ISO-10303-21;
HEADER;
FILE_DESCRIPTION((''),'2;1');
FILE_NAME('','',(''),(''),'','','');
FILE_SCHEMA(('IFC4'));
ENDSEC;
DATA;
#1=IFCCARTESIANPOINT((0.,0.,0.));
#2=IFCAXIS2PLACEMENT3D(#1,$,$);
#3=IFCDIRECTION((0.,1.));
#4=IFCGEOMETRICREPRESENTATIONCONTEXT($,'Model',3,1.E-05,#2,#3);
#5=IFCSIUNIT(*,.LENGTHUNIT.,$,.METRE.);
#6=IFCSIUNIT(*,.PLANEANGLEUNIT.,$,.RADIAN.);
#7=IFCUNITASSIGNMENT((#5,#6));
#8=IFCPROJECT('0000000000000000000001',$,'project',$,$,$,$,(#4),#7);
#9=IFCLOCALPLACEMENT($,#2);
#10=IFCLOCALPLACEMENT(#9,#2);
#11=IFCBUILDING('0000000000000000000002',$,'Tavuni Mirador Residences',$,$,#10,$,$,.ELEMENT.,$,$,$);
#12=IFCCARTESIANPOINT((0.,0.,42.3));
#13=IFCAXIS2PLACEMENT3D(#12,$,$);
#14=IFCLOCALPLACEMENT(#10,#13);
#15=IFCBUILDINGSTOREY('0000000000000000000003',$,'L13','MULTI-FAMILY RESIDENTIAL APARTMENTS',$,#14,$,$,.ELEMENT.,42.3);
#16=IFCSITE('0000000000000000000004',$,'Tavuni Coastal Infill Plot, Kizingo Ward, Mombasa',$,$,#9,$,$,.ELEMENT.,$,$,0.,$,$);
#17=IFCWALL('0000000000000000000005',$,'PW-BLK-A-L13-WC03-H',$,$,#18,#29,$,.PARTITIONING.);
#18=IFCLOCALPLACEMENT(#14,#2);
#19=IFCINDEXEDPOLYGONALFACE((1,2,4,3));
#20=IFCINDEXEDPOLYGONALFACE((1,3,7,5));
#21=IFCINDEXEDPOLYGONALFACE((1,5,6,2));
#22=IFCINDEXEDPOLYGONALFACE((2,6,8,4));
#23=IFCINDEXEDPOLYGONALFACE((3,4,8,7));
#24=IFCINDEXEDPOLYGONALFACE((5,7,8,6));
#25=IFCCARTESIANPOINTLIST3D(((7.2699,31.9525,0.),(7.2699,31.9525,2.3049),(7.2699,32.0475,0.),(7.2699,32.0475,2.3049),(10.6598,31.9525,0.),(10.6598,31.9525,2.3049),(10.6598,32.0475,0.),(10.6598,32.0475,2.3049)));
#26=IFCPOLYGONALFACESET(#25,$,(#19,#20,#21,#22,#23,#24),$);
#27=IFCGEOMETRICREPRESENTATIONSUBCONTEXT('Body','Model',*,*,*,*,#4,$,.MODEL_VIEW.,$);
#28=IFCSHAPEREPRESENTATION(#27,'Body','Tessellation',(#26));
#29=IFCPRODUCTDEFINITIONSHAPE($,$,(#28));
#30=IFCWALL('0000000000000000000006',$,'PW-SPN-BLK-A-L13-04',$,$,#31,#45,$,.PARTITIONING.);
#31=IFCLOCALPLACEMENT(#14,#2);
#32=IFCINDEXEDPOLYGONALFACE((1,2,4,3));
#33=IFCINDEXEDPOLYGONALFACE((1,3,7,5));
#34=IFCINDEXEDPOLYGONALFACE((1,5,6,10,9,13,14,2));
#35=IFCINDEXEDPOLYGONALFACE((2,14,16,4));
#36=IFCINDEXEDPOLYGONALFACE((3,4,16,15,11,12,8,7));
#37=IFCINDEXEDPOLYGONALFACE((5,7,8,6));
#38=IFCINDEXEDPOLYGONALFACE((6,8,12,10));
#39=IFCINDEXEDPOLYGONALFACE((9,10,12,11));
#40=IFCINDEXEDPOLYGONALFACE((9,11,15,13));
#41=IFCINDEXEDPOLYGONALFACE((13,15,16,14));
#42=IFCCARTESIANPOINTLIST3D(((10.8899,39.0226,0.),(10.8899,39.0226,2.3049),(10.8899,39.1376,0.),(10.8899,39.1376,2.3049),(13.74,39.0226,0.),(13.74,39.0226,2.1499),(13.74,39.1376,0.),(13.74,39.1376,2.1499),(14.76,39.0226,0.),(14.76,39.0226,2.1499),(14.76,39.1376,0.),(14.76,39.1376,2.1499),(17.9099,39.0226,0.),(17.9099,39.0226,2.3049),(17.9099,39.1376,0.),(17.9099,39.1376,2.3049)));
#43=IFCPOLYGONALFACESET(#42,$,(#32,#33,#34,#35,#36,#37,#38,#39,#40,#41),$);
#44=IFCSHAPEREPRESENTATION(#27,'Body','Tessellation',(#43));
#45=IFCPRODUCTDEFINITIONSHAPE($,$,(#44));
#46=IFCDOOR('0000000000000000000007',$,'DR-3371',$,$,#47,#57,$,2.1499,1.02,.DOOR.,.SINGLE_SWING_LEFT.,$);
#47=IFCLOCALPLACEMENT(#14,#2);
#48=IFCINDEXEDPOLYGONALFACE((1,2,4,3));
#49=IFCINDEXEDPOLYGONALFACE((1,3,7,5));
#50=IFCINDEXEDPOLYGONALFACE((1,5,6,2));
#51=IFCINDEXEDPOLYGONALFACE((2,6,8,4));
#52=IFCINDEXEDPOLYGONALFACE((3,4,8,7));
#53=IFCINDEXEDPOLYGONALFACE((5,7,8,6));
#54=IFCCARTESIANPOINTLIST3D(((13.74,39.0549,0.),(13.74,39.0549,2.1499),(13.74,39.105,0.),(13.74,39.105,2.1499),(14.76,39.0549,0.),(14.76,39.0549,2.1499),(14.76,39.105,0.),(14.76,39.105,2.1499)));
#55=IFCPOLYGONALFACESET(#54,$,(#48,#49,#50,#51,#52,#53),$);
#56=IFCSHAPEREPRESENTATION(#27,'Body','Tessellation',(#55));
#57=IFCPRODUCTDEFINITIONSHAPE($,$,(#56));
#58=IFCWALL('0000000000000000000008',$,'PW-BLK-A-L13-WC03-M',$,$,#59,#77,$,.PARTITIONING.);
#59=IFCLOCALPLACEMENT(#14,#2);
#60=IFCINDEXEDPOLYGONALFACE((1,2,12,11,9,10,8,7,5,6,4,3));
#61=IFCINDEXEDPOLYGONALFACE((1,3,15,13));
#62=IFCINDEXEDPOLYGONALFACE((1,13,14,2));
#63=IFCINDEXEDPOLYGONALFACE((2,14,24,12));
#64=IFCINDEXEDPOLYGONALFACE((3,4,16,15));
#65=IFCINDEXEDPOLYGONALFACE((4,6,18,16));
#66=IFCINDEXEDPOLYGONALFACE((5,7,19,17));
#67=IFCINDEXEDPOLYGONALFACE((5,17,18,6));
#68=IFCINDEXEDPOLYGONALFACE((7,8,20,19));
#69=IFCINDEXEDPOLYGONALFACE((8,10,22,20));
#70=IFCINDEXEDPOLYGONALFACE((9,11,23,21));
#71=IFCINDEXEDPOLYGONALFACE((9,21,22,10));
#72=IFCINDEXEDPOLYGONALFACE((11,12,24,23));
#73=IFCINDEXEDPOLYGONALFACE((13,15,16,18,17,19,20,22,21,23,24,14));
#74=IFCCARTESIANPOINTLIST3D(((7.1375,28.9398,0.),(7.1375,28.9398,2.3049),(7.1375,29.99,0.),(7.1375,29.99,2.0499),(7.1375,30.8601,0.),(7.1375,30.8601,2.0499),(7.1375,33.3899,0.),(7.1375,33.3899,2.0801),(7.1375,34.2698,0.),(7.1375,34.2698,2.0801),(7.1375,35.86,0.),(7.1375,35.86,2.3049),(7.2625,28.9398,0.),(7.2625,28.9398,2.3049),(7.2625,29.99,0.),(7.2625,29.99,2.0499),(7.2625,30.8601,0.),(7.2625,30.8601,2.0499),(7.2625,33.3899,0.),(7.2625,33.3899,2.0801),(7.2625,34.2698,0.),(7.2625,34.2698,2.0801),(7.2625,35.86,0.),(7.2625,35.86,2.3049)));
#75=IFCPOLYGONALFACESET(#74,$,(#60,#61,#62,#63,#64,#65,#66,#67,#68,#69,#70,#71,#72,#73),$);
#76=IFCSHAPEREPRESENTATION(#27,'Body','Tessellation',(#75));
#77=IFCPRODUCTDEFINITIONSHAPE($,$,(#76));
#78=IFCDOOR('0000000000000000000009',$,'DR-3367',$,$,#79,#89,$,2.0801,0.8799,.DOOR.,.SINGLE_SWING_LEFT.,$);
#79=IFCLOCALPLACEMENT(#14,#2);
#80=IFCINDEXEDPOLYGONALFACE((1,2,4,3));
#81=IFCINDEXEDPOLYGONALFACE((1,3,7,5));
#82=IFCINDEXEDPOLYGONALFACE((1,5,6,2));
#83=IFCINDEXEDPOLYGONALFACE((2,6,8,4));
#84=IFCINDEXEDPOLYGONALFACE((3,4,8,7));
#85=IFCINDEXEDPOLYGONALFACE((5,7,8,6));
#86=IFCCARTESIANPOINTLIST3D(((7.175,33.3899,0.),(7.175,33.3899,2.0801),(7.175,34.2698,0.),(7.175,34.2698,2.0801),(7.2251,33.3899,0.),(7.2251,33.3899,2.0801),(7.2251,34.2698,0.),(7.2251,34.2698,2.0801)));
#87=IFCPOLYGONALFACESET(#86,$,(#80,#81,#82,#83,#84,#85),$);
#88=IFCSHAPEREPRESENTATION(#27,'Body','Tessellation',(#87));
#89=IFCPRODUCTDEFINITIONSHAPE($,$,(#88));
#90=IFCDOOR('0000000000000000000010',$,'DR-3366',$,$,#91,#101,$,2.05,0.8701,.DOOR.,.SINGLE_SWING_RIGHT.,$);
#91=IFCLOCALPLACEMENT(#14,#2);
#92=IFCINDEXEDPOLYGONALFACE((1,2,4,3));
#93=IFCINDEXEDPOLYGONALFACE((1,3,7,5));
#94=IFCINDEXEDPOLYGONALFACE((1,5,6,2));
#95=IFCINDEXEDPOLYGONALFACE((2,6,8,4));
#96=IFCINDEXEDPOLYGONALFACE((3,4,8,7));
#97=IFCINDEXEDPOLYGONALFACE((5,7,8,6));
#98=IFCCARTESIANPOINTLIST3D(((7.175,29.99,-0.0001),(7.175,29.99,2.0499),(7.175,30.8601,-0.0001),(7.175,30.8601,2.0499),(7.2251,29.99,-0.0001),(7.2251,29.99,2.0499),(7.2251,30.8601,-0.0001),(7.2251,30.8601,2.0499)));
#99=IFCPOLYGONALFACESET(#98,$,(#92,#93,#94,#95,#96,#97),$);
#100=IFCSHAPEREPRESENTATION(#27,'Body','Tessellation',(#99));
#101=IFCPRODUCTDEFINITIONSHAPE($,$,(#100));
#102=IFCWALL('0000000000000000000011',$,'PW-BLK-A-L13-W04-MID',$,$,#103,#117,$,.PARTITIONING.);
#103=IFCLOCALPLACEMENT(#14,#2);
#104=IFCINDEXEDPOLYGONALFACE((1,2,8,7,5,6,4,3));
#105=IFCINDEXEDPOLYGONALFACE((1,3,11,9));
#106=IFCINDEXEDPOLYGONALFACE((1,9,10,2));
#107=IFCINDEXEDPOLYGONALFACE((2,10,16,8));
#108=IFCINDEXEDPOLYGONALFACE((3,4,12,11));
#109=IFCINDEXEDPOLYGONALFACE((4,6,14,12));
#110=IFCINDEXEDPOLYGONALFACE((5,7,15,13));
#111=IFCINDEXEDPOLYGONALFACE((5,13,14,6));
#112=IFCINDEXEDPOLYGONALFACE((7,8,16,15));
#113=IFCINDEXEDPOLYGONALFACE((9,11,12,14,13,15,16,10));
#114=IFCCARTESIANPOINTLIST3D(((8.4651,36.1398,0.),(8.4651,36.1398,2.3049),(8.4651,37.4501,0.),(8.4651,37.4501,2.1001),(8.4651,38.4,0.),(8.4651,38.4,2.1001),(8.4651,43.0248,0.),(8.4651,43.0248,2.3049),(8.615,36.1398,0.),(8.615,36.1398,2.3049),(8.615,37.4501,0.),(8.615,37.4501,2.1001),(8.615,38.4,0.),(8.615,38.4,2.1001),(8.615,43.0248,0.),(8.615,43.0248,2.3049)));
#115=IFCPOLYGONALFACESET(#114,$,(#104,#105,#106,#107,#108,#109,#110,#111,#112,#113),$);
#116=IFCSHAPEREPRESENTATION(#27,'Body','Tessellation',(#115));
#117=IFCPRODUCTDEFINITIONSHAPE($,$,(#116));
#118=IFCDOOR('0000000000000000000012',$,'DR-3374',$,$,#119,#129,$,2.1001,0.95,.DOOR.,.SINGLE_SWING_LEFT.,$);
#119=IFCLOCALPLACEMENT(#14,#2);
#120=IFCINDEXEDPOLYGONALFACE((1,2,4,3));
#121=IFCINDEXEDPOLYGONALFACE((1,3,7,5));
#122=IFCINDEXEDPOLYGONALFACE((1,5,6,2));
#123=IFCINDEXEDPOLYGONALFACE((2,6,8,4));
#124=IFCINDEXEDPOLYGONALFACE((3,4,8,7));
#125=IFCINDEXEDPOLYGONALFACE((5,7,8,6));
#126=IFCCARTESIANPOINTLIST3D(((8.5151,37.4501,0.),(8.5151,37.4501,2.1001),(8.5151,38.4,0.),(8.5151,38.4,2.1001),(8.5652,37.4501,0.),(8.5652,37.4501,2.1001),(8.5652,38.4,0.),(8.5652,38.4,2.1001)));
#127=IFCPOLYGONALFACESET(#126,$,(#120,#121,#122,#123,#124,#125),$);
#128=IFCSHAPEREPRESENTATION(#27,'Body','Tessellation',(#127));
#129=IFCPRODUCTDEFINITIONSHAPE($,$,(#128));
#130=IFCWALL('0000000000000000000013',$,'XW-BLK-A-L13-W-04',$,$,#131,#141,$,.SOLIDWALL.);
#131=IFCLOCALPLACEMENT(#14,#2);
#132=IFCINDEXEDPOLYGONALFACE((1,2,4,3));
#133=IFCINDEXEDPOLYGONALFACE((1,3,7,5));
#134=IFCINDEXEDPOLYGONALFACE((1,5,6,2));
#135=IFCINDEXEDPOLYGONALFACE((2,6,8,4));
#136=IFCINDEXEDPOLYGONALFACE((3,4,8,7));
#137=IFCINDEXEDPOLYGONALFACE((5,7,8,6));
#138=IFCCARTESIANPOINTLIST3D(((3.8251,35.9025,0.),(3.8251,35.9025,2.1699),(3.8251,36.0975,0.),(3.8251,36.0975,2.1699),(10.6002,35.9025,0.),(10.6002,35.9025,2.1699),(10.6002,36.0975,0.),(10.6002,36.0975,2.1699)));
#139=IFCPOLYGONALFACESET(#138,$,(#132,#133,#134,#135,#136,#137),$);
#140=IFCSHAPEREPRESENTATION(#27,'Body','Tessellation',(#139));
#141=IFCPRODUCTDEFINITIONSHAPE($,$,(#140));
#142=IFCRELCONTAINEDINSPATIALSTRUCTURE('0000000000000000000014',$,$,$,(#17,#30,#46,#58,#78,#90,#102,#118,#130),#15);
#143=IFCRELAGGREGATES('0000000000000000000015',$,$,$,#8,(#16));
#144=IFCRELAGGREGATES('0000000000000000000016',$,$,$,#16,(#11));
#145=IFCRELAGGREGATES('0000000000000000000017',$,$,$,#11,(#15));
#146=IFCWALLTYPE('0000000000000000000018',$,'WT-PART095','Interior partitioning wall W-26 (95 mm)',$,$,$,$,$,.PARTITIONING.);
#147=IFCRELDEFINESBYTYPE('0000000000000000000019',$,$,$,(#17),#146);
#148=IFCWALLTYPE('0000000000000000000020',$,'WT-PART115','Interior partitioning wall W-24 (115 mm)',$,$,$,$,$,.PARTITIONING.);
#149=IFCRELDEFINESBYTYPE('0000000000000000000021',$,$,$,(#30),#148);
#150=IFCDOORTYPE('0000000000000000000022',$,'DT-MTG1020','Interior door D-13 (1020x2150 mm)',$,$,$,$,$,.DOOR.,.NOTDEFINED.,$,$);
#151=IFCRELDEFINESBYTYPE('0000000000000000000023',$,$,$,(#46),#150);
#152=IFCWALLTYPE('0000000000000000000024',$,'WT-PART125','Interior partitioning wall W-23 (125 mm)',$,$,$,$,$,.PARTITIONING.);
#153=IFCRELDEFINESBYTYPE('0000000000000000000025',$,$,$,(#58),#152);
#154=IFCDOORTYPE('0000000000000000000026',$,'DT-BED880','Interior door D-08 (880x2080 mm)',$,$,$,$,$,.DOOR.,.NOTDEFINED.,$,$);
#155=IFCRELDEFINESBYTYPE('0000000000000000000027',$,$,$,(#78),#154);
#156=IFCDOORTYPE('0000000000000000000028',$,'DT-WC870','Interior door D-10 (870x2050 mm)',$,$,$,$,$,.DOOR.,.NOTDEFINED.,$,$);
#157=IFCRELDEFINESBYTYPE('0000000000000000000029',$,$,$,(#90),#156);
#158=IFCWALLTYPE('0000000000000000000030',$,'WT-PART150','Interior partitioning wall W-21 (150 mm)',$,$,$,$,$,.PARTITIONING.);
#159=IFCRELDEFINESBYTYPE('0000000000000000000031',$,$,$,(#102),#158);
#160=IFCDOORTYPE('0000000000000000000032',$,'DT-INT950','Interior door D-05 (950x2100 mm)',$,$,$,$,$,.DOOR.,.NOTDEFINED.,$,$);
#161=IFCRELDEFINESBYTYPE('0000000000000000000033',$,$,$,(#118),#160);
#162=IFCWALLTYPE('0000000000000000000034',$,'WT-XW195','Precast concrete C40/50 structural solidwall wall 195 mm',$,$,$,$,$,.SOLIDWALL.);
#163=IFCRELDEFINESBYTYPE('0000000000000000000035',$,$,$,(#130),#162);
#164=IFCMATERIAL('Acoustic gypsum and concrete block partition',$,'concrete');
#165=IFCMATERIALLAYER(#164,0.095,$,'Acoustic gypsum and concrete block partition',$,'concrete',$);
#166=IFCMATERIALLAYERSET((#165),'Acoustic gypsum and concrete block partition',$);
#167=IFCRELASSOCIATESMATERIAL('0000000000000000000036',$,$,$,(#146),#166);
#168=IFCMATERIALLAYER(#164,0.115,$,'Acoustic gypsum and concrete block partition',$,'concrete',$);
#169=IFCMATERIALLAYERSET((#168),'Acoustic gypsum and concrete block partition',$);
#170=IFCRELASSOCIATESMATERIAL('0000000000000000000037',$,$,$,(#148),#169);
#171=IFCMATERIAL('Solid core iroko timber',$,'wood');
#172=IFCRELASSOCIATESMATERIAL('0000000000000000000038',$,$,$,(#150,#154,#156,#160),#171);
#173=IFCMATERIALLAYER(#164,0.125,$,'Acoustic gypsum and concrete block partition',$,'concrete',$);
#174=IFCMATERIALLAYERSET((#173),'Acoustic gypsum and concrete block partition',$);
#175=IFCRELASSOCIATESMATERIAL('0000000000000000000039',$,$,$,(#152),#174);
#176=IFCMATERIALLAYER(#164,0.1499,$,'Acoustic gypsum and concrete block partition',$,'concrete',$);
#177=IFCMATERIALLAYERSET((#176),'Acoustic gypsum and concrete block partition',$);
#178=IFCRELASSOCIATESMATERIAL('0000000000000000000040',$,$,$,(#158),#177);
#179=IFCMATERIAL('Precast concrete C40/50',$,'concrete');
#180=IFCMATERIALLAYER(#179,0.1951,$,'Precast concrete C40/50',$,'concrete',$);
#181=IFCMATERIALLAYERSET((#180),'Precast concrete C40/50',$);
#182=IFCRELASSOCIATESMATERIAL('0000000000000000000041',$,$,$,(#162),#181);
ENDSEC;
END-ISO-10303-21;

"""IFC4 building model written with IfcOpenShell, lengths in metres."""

from ifc_helpers import new_model, si_unit, direction, frame, frame_2d, origin, place, context, subcontext, project, spatial, rectangle, extrude, material, layer, layer_set, type_object, element, fill, save


model = new_model("IFC4")

# Units and contexts
model_context = context("Model", 3, precision=1e-05, world=origin(), true_north=direction((0.0, 1.0)))
body_context = subcontext(model_context, "Body", "Model", "MODEL_VIEW")
ifc_project = project(units=[si_unit("LENGTHUNIT", "METRE"), si_unit("PLANEANGLEUNIT", "RADIAN")], contexts=[model_context])

# Site, building, storey
site_placement = place(None, origin())
site = spatial("IfcSite", under=ifc_project, at=site_placement, Name="Tavuni Coastal Infill Plot, Kizingo Ward, Mombasa", CompositionType="ELEMENT", RefElevation=0.0)
building_placement = place(site_placement, origin())
building = spatial("IfcBuilding", under=site, at=building_placement, Name="Tavuni Mirador Residences", CompositionType="ELEMENT")
storey_placement = place(building_placement, frame((0.0, 0.0, 42.3)))
storey = spatial("IfcBuildingStorey", under=building, at=storey_placement, Name="L13", Description="MULTI-FAMILY RESIDENTIAL APARTMENTS", CompositionType="ELEMENT", Elevation=42.3)

# Shared definitions
ifc_material_1 = material(Name="Precast concrete C40/50", Category="concrete")

# Shared definitions
ifc_material_2 = material(Name="Solid core iroko timber", Category="wood")

# Wall
ifc_material_3 = material(Name="Acoustic gypsum and concrete block partition", Category="concrete")
ifc_layer_1 = layer(ifc_material_3, 0.095, Name="Acoustic gypsum and concrete block partition", Category="concrete")
ifc_layer_set_1 = layer_set([ifc_layer_1], Name="Acoustic gypsum and concrete block partition")
wall_type_1 = type_object("IfcWallType", Name="WT-PART095", Description="Interior partitioning wall W-26 (95 mm)", PredefinedType="PARTITIONING", material=ifc_layer_set_1)
wall_1_placement = place(storey_placement, frame((7.27, 32.0, 0.0), z_axis=(0.0, 0.0, 1.0), x_axis=(1.0, 0.0, 0.0)))
element("IfcWall", 1, at=wall_1_placement, inside=storey, type_object=wall_type_1, Name="PW-BLK-A-L13-WC03-H", PredefinedType="PARTITIONING", context=body_context, shape_type="SweptSolid", body=[
    extrude(rectangle(XDim=3.3899, YDim=0.095, at=frame_2d((1.6948, 0.0))), origin(), (0.0, 0.0, 1.0), 2.3049),
])

# Wall, opening, door
ifc_layer_2 = layer(ifc_material_3, 0.115, Name="Acoustic gypsum and concrete block partition", Category="concrete")
ifc_layer_set_2 = layer_set([ifc_layer_2], Name="Acoustic gypsum and concrete block partition")
wall_type_2 = type_object("IfcWallType", Name="WT-PART115", Description="Interior partitioning wall W-24 (115 mm)", PredefinedType="PARTITIONING", material=ifc_layer_set_2)
wall_2_placement = place(storey_placement, frame((10.8899, 39.0801, 0.0), z_axis=(0.0, 0.0, 1.0), x_axis=(1.0, 0.0, 0.0)))
wall_2 = element("IfcWall", 2, at=wall_2_placement, inside=storey, type_object=wall_type_2, Name="PW-SPN-BLK-A-L13-04", PredefinedType="PARTITIONING", context=body_context, shape_type="SweptSolid", body=[
    extrude(rectangle(XDim=7.02, YDim=0.115, at=frame_2d((3.51, 0.0))), origin(), (0.0, 0.0, 1.0), 2.3049),
])
opening_1_placement = place(wall_2_placement, frame((2.8501, 0.0, 0.0)))
opening_1 = element("IfcOpeningElement", 3, at=opening_1_placement, cuts=wall_2, PredefinedType="OPENING", context=body_context, shape_type="SweptSolid", body=[
    extrude(rectangle(XDim=1.02, YDim=2.1499, at=frame_2d((0.51, 1.075))), frame((0.0, 0.0674, 0.0), z_axis=(0.0, -1.0, 0.0), x_axis=(1.0, 0.0, 0.0)), (0.0, 0.0, 1.0), 0.135),
])
door_type_1 = type_object("IfcDoorType", Name="DT-MTG1020", Description="Interior door D-13 (1020x2150 mm)", OperationType="NOTDEFINED", PredefinedType="DOOR", material=ifc_material_2)
door_1_placement = place(opening_1_placement, origin())
door_1 = element("IfcDoor", 4, at=door_1_placement, inside=storey, type_object=door_type_1, Name="DR-3371", OperationType="SINGLE_SWING_LEFT", OverallHeight=2.1499, OverallWidth=1.02, PredefinedType="DOOR", context=body_context, shape_type="SweptSolid", body=[
    extrude(rectangle(XDim=1.02, YDim=2.1499, at=frame_2d((0.51, 1.075))), frame((0.0, 0.0249, 0.0), z_axis=(0.0, -1.0, 0.0), x_axis=(1.0, 0.0, 0.0)), (0.0, 0.0, 1.0), 0.05),
])
fill(opening_1, door_1)

# Wall, openings, doors
ifc_layer_3 = layer(ifc_material_3, 0.125, Name="Acoustic gypsum and concrete block partition", Category="concrete")
ifc_layer_set_3 = layer_set([ifc_layer_3], Name="Acoustic gypsum and concrete block partition")
wall_type_3 = type_object("IfcWallType", Name="WT-PART125", Description="Interior partitioning wall W-23 (125 mm)", PredefinedType="PARTITIONING", material=ifc_layer_set_3)
wall_3_placement = place(storey_placement, frame((7.2, 28.9399, 0.0), z_axis=(0.0, 0.0, 1.0), x_axis=(0.0, 1.0, 0.0)))
wall_3 = element("IfcWall", 5, at=wall_3_placement, inside=storey, type_object=wall_type_3, Name="PW-BLK-A-L13-WC03-M", PredefinedType="PARTITIONING", context=body_context, shape_type="SweptSolid", body=[
    extrude(rectangle(XDim=6.9202, YDim=0.125, at=frame_2d((3.46, 0.0))), origin(), (0.0, 0.0, 1.0), 2.3049),
])
opening_2_placement = place(wall_3_placement, frame((1.05, 0.0, 0.0)))
opening_2 = element("IfcOpeningElement", 6, at=opening_2_placement, cuts=wall_3, PredefinedType="OPENING", context=body_context, shape_type="SweptSolid", body=[
    extrude(rectangle(XDim=0.8701, YDim=2.05, at=frame_2d((0.4351, 1.0249))), frame((0.0, 0.0725, 0.0), z_axis=(0.0, -1.0, 0.0), x_axis=(1.0, 0.0, 0.0)), (0.0, 0.0, 1.0), 0.145),
])
opening_3_placement = place(wall_3_placement, frame((4.45, 0.0, 0.0)))
opening_3 = element("IfcOpeningElement", 7, at=opening_3_placement, cuts=wall_3, PredefinedType="OPENING", context=body_context, shape_type="SweptSolid", body=[
    extrude(rectangle(XDim=0.8799, YDim=2.0801, at=frame_2d((0.4399, 1.04))), frame((0.0, 0.0725, 0.0), z_axis=(0.0, -1.0, 0.0), x_axis=(1.0, 0.0, 0.0)), (0.0, 0.0, 1.0), 0.145),
])
door_type_2 = type_object("IfcDoorType", Name="DT-BED880", Description="Interior door D-08 (880x2080 mm)", OperationType="NOTDEFINED", PredefinedType="DOOR", material=ifc_material_2)
door_2_placement = place(opening_3_placement, origin())
door_2 = element("IfcDoor", 8, at=door_2_placement, inside=storey, type_object=door_type_2, Name="DR-3367", OperationType="SINGLE_SWING_LEFT", OverallHeight=2.0801, OverallWidth=0.8799, PredefinedType="DOOR", context=body_context, shape_type="SweptSolid", body=[
    extrude(rectangle(XDim=0.8799, YDim=2.0801, at=frame_2d((0.4399, 1.04))), frame((0.0, 0.0249, 0.0), z_axis=(0.0, -1.0, 0.0), x_axis=(1.0, 0.0, 0.0)), (0.0, 0.0, 1.0), 0.05),
])
fill(opening_3, door_2)
door_type_3 = type_object("IfcDoorType", Name="DT-WC870", Description="Interior door D-10 (870x2050 mm)", OperationType="NOTDEFINED", PredefinedType="DOOR", material=ifc_material_2)
door_3_placement = place(opening_2_placement, origin())
door_3 = element("IfcDoor", 9, at=door_3_placement, inside=storey, type_object=door_type_3, Name="DR-3366", OperationType="SINGLE_SWING_RIGHT", OverallHeight=2.05, OverallWidth=0.8701, PredefinedType="DOOR", context=body_context, shape_type="SweptSolid", body=[
    extrude(rectangle(XDim=0.8701, YDim=2.05, at=frame_2d((0.4351, 1.0249))), frame((0.0, 0.0249, 0.0), z_axis=(0.0, -1.0, 0.0), x_axis=(1.0, 0.0, 0.0)), (0.0, 0.0, 1.0), 0.05),
])
fill(opening_2, door_3)

# Wall, opening, door
ifc_layer_4 = layer(ifc_material_3, 0.1499, Name="Acoustic gypsum and concrete block partition", Category="concrete")
ifc_layer_set_4 = layer_set([ifc_layer_4], Name="Acoustic gypsum and concrete block partition")
wall_type_4 = type_object("IfcWallType", Name="WT-PART150", Description="Interior partitioning wall W-21 (150 mm)", PredefinedType="PARTITIONING", material=ifc_layer_set_4)
wall_4_placement = place(storey_placement, frame((8.54, 36.1399, 0.0), z_axis=(0.0, 0.0, 1.0), x_axis=(0.0, 1.0, 0.0)))
wall_4 = element("IfcWall", 10, at=wall_4_placement, inside=storey, type_object=wall_type_4, Name="PW-BLK-A-L13-W04-MID", PredefinedType="PARTITIONING", context=body_context, shape_type="SweptSolid", body=[
    extrude(rectangle(XDim=6.885, YDim=0.1499, at=frame_2d((3.4424, 0.0))), origin(), (0.0, 0.0, 1.0), 2.3049),
])
opening_4_placement = place(wall_4_placement, frame((1.3101, 0.0, 0.0)))
opening_4 = element("IfcOpeningElement", 11, at=opening_4_placement, cuts=wall_4, PredefinedType="OPENING", context=body_context, shape_type="SweptSolid", body=[
    extrude(rectangle(XDim=0.95, YDim=2.1001, at=frame_2d((0.4751, 1.05))), frame((0.0, 0.085, 0.0), z_axis=(0.0, -1.0, 0.0), x_axis=(1.0, 0.0, 0.0)), (0.0, 0.0, 1.0), 0.1699),
])
door_type_4 = type_object("IfcDoorType", Name="DT-INT950", Description="Interior door D-05 (950x2100 mm)", OperationType="NOTDEFINED", PredefinedType="DOOR", material=ifc_material_2)
door_4_placement = place(opening_4_placement, origin())
door_4 = element("IfcDoor", 12, at=door_4_placement, inside=storey, type_object=door_type_4, Name="DR-3374", OperationType="SINGLE_SWING_LEFT", OverallHeight=2.1001, OverallWidth=0.95, PredefinedType="DOOR", context=body_context, shape_type="SweptSolid", body=[
    extrude(rectangle(XDim=0.95, YDim=2.1001, at=frame_2d((0.4751, 1.05))), frame((0.0, 0.0249, 0.0), z_axis=(0.0, -1.0, 0.0), x_axis=(1.0, 0.0, 0.0)), (0.0, 0.0, 1.0), 0.05),
])
fill(opening_4, door_4)
ifc_layer_5 = layer(ifc_material_1, 0.1951, Name="Precast concrete C40/50", Category="concrete")
ifc_layer_set_5 = layer_set([ifc_layer_5], Name="Precast concrete C40/50")
wall_type_5 = type_object("IfcWallType", Name="WT-XW195", Description="Precast concrete C40/50 structural solidwall wall 195 mm", PredefinedType="SOLIDWALL", material=ifc_layer_set_5)

# Wall
wall_5_placement = place(storey_placement, frame((3.825, 36.0, 0.0), z_axis=(0.0, 0.0, 1.0), x_axis=(1.0, 0.0, 0.0)))
element("IfcWall", 13, at=wall_5_placement, inside=storey, type_object=wall_type_5, Name="XW-BLK-A-L13-W-04", PredefinedType="SOLIDWALL", context=body_context, shape_type="SweptSolid", body=[
    extrude(rectangle(XDim=6.7751, YDim=0.1951, at=frame_2d((3.3877, 0.0))), origin(), (0.0, 0.0, 1.0), 2.1699),
])

save(model, "model.ifc")
